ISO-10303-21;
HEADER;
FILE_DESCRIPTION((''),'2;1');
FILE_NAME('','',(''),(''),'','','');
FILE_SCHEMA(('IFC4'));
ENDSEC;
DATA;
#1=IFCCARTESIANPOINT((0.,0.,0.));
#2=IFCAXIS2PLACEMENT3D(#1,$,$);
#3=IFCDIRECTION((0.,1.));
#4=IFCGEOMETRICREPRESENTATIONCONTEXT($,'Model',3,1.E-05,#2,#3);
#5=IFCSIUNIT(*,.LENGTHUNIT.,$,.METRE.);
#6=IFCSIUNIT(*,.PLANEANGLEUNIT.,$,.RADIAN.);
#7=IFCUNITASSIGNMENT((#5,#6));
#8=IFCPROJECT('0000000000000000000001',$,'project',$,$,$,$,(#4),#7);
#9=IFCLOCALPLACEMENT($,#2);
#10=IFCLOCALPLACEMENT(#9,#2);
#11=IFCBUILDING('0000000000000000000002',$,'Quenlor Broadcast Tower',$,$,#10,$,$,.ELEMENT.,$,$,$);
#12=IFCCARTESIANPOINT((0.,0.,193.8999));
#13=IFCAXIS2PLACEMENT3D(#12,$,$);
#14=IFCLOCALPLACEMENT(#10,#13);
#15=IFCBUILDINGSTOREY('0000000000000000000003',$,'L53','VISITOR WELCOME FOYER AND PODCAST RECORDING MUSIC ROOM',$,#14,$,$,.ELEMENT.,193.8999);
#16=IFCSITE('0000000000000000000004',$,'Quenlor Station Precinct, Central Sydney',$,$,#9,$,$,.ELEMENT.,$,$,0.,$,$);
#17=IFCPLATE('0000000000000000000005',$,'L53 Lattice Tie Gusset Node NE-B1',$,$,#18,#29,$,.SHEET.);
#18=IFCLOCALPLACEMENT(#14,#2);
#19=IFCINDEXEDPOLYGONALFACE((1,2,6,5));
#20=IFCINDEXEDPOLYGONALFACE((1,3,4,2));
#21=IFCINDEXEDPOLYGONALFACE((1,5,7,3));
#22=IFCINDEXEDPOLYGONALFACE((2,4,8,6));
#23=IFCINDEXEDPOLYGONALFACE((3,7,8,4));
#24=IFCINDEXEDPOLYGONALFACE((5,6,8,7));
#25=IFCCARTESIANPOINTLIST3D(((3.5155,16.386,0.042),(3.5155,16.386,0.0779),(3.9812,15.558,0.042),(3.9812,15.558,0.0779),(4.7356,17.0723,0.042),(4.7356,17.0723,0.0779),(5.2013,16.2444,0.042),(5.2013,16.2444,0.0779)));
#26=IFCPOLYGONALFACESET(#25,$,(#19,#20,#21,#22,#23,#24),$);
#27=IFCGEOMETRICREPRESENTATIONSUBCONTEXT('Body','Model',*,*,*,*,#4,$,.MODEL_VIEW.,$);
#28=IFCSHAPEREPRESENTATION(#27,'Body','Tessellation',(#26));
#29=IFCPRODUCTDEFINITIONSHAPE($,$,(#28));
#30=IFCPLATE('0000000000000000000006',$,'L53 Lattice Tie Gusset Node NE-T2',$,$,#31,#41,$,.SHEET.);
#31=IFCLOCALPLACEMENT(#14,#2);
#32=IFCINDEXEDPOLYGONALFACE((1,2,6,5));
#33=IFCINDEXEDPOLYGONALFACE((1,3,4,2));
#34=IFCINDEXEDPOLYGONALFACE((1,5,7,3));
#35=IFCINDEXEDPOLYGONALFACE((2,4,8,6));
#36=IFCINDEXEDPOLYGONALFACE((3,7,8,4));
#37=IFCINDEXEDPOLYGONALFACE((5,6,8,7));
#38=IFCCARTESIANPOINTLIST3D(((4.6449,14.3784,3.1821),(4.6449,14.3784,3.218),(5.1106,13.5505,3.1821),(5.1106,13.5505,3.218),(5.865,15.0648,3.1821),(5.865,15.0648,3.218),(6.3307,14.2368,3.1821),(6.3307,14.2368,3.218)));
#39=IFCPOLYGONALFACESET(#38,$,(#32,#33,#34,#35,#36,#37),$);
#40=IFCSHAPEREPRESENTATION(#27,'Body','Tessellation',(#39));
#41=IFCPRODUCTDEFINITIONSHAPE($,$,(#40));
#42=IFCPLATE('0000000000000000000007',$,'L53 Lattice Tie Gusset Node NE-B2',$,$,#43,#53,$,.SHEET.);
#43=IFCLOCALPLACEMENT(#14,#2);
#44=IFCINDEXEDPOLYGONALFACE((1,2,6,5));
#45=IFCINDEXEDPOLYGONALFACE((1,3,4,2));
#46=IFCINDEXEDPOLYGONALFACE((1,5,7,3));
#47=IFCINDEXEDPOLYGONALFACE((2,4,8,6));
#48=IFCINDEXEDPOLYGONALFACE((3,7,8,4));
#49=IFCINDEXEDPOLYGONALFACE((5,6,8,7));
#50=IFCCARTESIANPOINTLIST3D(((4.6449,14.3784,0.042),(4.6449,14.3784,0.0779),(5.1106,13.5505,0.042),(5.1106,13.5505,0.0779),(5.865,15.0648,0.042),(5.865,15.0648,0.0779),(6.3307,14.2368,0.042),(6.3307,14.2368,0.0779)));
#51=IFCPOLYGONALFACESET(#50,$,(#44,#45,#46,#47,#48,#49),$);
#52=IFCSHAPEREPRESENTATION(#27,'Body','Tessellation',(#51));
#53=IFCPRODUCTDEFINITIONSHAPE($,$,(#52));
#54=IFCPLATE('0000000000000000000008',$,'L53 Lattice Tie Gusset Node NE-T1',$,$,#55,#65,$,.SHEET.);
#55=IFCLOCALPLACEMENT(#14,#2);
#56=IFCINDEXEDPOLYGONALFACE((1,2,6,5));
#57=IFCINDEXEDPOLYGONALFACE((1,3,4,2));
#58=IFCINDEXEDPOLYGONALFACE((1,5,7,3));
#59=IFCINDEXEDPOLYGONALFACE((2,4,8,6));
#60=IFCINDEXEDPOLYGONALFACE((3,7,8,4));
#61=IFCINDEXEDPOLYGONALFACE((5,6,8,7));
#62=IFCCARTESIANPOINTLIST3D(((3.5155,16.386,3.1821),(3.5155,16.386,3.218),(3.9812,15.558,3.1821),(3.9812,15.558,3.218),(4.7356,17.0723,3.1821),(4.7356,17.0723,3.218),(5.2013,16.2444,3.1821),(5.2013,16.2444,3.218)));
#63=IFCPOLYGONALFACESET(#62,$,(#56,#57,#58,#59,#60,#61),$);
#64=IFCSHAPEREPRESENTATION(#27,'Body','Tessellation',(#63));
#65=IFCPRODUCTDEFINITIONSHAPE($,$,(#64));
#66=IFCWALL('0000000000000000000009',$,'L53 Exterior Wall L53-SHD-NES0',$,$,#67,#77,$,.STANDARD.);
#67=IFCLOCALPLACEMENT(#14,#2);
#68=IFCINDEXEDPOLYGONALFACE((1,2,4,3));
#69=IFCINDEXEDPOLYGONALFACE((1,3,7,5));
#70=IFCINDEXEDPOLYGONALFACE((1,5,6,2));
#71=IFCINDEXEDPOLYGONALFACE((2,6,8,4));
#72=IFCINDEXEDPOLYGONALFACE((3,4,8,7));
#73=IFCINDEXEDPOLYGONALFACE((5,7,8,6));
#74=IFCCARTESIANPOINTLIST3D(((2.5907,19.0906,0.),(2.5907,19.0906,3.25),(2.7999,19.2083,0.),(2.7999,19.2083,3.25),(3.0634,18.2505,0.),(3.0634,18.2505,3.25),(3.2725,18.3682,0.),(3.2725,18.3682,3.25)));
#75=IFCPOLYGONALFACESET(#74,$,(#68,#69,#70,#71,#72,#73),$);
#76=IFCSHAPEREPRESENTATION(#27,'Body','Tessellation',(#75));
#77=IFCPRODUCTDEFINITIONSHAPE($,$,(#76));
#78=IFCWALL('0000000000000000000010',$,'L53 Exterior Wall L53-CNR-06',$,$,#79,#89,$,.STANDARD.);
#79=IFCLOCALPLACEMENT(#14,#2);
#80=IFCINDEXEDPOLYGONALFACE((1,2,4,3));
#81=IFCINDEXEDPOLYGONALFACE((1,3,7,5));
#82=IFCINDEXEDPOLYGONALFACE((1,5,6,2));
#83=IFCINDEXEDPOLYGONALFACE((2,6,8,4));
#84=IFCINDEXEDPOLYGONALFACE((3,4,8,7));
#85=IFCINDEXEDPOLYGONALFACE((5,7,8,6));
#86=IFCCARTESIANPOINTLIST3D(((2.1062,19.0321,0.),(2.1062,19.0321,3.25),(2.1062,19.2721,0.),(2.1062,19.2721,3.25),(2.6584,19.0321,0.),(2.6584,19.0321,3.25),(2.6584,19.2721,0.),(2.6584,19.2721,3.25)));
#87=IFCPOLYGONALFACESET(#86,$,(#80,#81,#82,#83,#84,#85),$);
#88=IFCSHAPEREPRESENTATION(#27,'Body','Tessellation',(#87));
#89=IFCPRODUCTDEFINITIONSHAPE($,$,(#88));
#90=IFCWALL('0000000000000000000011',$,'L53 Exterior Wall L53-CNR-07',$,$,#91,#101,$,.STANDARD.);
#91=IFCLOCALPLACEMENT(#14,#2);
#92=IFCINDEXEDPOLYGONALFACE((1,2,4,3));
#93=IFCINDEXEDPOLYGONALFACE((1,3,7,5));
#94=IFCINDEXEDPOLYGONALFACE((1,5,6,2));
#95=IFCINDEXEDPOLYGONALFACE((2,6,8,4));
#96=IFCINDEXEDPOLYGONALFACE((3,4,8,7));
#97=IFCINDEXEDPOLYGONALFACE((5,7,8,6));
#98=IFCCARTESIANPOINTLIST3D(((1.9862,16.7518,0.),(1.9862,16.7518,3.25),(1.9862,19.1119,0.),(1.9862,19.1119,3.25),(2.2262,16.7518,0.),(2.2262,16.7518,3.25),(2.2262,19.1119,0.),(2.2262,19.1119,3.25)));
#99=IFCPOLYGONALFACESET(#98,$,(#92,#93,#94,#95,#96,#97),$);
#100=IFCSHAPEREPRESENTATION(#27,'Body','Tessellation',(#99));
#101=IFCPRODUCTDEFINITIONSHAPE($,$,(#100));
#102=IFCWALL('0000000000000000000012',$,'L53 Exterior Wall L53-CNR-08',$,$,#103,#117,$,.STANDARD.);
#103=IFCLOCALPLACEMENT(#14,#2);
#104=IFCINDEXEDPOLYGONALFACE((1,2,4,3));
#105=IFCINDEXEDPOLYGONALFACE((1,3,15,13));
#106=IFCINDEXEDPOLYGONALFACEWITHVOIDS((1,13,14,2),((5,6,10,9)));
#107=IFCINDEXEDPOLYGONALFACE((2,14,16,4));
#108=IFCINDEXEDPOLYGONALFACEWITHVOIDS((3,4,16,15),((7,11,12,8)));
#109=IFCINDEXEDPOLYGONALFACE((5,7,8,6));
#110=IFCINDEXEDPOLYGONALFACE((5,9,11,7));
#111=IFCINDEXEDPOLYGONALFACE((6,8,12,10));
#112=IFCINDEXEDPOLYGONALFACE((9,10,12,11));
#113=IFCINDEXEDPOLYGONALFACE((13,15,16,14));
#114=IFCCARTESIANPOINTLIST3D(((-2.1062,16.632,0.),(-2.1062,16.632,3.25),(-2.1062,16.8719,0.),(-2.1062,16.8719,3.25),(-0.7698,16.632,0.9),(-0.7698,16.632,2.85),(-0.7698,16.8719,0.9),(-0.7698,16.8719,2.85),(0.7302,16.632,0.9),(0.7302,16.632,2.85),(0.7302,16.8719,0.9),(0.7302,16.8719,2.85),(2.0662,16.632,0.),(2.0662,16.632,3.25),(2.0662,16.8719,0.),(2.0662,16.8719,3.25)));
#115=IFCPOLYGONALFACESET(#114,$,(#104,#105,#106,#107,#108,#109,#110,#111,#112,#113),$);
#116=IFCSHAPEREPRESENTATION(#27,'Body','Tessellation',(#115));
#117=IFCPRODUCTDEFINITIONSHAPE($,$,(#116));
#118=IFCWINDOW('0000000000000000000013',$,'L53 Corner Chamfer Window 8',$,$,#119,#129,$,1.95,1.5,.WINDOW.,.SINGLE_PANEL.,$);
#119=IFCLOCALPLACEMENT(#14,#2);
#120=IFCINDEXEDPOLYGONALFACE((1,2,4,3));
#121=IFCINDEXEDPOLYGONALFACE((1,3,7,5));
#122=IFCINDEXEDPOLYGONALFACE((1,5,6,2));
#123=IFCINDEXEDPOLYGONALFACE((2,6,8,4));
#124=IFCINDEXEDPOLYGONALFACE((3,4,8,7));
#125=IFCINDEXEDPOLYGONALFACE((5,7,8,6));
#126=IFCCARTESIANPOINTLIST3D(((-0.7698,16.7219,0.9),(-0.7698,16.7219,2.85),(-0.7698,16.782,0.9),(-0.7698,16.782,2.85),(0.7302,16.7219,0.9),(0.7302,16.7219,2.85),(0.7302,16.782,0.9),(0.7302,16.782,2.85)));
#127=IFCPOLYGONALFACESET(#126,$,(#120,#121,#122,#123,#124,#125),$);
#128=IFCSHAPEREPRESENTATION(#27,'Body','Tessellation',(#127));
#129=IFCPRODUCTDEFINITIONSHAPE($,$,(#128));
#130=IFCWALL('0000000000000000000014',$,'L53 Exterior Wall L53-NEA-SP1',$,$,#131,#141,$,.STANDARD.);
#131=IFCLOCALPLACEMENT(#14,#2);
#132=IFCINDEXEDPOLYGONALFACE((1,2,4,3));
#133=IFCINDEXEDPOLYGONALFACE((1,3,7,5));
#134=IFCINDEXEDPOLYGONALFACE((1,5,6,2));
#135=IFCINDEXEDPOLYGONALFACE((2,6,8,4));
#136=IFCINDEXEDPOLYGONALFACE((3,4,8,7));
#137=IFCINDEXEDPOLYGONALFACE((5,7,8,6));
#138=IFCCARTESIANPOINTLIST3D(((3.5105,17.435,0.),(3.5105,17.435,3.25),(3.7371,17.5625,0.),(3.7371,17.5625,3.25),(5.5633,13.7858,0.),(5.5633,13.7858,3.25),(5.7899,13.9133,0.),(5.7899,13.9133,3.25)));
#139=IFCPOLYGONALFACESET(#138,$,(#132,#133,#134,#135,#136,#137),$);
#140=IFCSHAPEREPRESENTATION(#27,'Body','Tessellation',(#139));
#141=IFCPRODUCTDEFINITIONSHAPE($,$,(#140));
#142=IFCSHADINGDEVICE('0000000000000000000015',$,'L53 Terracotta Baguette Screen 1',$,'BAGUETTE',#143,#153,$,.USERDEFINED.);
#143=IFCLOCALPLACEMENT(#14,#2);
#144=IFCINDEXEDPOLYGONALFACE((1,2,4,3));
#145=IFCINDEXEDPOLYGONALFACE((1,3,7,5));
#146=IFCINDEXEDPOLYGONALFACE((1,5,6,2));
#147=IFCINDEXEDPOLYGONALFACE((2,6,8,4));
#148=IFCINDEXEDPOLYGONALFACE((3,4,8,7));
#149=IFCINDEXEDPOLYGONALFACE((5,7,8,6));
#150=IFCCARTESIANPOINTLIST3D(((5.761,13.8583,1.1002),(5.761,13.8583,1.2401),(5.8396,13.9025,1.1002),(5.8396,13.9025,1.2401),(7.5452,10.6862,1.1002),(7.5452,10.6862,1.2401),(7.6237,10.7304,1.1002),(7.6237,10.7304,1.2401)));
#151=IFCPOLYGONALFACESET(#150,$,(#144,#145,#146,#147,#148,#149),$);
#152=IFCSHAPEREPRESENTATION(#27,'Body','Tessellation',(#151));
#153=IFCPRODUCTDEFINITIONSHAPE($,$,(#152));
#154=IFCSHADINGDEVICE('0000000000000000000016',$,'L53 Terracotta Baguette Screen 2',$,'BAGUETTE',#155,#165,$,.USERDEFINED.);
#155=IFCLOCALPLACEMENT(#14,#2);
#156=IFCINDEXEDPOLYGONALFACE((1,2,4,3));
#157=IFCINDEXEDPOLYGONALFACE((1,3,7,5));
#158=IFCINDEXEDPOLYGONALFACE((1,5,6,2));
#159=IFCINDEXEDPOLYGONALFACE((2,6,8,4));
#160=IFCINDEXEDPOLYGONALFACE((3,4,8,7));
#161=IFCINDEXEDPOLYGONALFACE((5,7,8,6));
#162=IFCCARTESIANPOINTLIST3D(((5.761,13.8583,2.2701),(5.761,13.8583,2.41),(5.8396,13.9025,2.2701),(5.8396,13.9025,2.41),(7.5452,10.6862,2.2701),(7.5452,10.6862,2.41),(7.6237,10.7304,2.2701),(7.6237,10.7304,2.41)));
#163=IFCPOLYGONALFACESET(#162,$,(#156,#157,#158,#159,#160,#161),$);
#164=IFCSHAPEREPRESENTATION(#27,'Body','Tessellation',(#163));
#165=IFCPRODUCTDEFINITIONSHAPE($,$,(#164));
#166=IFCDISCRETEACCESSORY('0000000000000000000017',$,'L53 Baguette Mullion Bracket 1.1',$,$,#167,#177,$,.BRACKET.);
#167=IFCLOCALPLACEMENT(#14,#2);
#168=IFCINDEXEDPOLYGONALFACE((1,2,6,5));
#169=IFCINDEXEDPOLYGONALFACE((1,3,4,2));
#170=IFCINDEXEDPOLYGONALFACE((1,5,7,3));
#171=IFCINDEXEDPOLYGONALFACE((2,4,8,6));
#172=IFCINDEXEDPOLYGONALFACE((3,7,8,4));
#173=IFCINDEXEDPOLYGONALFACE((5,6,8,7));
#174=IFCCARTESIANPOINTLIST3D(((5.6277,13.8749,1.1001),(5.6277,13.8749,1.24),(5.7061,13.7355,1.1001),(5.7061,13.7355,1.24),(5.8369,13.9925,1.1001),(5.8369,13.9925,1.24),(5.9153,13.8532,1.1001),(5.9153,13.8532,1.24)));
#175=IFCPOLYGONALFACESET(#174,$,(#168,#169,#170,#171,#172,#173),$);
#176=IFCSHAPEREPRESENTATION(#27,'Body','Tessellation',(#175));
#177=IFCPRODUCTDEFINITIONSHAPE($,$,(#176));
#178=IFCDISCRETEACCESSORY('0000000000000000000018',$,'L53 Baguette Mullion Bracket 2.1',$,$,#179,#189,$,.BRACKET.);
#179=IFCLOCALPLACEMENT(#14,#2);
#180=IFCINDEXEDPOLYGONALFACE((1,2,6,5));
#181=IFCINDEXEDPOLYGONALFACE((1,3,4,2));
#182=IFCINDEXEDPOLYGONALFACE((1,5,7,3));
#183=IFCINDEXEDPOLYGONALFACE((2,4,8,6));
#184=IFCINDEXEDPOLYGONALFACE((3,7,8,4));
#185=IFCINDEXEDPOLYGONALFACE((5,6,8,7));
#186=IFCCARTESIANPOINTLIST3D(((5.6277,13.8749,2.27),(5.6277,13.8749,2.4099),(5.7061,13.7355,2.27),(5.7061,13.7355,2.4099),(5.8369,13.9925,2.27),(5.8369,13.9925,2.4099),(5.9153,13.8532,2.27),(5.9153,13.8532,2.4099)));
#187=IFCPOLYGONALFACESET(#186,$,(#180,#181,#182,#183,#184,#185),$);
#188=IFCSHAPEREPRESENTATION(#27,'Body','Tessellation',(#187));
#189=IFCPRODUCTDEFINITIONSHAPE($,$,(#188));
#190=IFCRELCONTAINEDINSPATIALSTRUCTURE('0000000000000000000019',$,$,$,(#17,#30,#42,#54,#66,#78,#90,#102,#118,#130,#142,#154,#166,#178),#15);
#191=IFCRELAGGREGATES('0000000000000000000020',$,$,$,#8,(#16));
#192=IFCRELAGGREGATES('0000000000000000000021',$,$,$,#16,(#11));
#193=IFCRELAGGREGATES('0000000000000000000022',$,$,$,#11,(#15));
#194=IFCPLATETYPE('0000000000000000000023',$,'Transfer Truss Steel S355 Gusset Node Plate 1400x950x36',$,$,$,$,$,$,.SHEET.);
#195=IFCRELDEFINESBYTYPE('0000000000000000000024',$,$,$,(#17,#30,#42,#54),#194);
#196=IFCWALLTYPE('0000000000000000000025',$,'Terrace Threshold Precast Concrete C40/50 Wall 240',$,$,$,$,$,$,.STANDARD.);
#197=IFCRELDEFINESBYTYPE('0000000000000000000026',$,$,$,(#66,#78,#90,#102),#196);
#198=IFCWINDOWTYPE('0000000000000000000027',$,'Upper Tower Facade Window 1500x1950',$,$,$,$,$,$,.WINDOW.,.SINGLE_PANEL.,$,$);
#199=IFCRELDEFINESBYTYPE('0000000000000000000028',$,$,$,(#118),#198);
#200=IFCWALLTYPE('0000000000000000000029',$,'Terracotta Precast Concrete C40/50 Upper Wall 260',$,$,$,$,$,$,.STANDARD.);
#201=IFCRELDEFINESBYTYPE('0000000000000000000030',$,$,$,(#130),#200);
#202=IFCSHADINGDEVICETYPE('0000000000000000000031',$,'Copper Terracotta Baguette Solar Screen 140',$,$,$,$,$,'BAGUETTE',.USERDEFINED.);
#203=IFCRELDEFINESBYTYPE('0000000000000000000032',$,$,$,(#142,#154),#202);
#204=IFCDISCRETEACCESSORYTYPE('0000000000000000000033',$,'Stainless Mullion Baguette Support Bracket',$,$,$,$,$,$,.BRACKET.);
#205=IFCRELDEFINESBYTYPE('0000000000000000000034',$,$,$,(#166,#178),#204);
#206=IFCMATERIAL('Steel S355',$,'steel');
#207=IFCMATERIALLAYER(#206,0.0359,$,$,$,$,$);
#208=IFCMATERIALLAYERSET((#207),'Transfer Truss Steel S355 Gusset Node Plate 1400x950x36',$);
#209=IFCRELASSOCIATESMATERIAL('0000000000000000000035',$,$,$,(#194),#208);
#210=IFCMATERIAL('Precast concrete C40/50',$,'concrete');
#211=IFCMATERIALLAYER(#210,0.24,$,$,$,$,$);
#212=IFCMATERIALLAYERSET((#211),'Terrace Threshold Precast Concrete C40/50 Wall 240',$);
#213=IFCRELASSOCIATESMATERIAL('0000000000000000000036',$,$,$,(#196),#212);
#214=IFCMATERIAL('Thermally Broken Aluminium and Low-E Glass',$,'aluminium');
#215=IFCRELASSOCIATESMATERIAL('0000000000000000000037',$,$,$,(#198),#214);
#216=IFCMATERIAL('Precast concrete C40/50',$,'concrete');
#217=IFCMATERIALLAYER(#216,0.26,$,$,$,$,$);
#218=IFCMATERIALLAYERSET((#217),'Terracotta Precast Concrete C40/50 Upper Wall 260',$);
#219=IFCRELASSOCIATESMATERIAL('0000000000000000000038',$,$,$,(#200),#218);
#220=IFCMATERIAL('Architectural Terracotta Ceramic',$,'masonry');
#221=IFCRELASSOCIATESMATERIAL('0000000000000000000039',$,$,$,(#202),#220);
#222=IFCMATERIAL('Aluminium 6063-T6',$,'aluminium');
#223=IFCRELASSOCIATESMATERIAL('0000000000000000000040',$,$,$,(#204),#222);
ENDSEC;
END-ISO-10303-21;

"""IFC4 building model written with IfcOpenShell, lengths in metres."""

from ifc_helpers import new_model, si_unit, direction, frame, frame_2d, origin, origin_2d, place, context, subcontext, project, spatial, rectangle, extrude, material, layer, layer_set, material_profile, profile_set, type_object, element, fill, save


model = new_model("IFC4")

# Units and contexts
model_context = context("Model", 3, precision=1e-05, world=origin(), true_north=direction((0.0, 1.0)))
body_context = subcontext(model_context, "Body", "Model", "MODEL_VIEW")
ifc_project = project(units=[si_unit("LENGTHUNIT", "METRE"), si_unit("PLANEANGLEUNIT", "RADIAN")], contexts=[model_context])

# Site, building, storey
site_placement = place(None, origin())
site = spatial("IfcSite", under=ifc_project, at=site_placement, Name="Quenlor Station Precinct, Central Sydney", CompositionType="ELEMENT", RefElevation=0.0)
building_placement = place(site_placement, origin())
building = spatial("IfcBuilding", under=site, at=building_placement, Name="Quenlor Broadcast Tower", CompositionType="ELEMENT")
storey_placement = place(building_placement, frame((0.0, 0.0, 193.8999)))
storey = spatial("IfcBuildingStorey", under=building, at=storey_placement, Name="L53", Description="VISITOR WELCOME FOYER AND PODCAST RECORDING MUSIC ROOM", CompositionType="ELEMENT", Elevation=193.8999)

# Plates
ifc_material_1 = material(Name="Steel S355", Category="steel")
ifc_layer_1 = layer(ifc_material_1, 0.0359)
ifc_layer_set_1 = layer_set([ifc_layer_1], Name="Transfer Truss Steel S355 Gusset Node Plate 1400x950x36")
plate_type_1 = type_object("IfcPlateType", Name="Transfer Truss Steel S355 Gusset Node Plate 1400x950x36", PredefinedType="SHEET", material=ifc_layer_set_1)
for number, where, z_axis, x_axis, name in (
    (1, (4.3584, 16.3152, 0.042), (0.0, 0.0, 1.0), (0.871556, 0.490295, 0.0), "L53 Lattice Tie Gusset Node NE-B1"),
    (2, (5.4878, 14.3076, 3.1821), (0.0, 0.0, 1.0), (0.871556, 0.490295, 0.0), "L53 Lattice Tie Gusset Node NE-T2"),
    (3, (5.4878, 14.3076, 0.042), (0.0, 0.0, 1.0), (0.871556, 0.490295, 0.0), "L53 Lattice Tie Gusset Node NE-B2"),
    (4, (4.3584, 16.3152, 3.1821), (0.0, 0.0, 1.0), (0.871556, 0.490295, 0.0), "L53 Lattice Tie Gusset Node NE-T1"),
):
    element("IfcPlate", number, at=place(storey_placement, frame(where, z_axis=z_axis, x_axis=x_axis)), inside=storey, type_object=plate_type_1, Name=name, PredefinedType="SHEET", context=body_context, shape_type="SweptSolid", body=[
        extrude(rectangle(XDim=1.3999, YDim=0.95, at=origin_2d()), origin(), (0.0, 0.0, 1.0), 0.0359),
    ])

# Walls
ifc_material_2 = material(Name="Precast concrete C40/50", Category="concrete")
ifc_layer_2 = layer(ifc_material_2, 0.24)
ifc_layer_set_2 = layer_set([ifc_layer_2], Name="Terrace Threshold Precast Concrete C40/50 Wall 240")
wall_type_1 = type_object("IfcWallType", Name="Terrace Threshold Precast Concrete C40/50 Wall 240", PredefinedType="STANDARD", material=ifc_layer_set_2)
wall_1_placement = place(storey_placement, frame((2.6953, 19.1494, 0.0), z_axis=(0.0, 0.0, 1.0), x_axis=(0.490345, -0.871528, 0.0)))
element("IfcWall", 5, at=wall_1_placement, inside=storey, type_object=wall_type_1, Name="L53 Exterior Wall L53-SHD-NES0", PredefinedType="STANDARD", context=body_context, shape_type="SweptSolid", body=[
    extrude(rectangle(XDim=0.9639, YDim=0.24, at=frame_2d((0.4819, 0.0))), origin(), (0.0, 0.0, 1.0), 3.25),
])
wall_2_placement = place(storey_placement, frame((2.6584, 19.1521, 0.0), z_axis=(0.0, 0.0, 1.0), x_axis=(-1.0, 0.0, 0.0)))
element("IfcWall", 6, at=wall_2_placement, inside=storey, type_object=wall_type_1, Name="L53 Exterior Wall L53-CNR-06", PredefinedType="STANDARD", context=body_context, shape_type="SweptSolid", body=[
    extrude(rectangle(XDim=0.5522, YDim=0.24, at=frame_2d((0.2761, 0.0))), origin(), (0.0, 0.0, 1.0), 3.25),
])
wall_3_placement = place(storey_placement, frame((2.1062, 19.1121, 0.0), z_axis=(0.0, 0.0, 1.0), x_axis=(0.0, -1.0, 0.0)))
element("IfcWall", 7, at=wall_3_placement, inside=storey, type_object=wall_type_1, Name="L53 Exterior Wall L53-CNR-07", PredefinedType="STANDARD", context=body_context, shape_type="SweptSolid", body=[
    extrude(rectangle(XDim=2.3601, YDim=0.24, at=frame_2d((1.1802, 0.0))), origin(), (0.0, 0.0, 1.0), 3.25),
])

# Wall, opening, window
wall_4_placement = place(storey_placement, frame((2.0662, 16.752, 0.0), z_axis=(0.0, 0.0, 1.0), x_axis=(-1.0, 0.0, 0.0)))
wall_4 = element("IfcWall", 8, at=wall_4_placement, inside=storey, type_object=wall_type_1, Name="L53 Exterior Wall L53-CNR-08", PredefinedType="STANDARD", context=body_context, shape_type="SweptSolid", body=[
    extrude(rectangle(XDim=4.1724, YDim=0.24, at=frame_2d((2.0862, 0.0))), origin(), (0.0, 0.0, 1.0), 3.25),
])
opening_placement = place(wall_4_placement, frame((1.3359, 0.0, 0.8999)))
opening = element("IfcOpeningElement", 9, at=opening_placement, cuts=wall_4, PredefinedType="OPENING", context=body_context, shape_type="SweptSolid", body=[
    extrude(rectangle(XDim=1.5, YDim=1.95, at=frame_2d((0.75, 0.9751))), frame((0.0, 0.1299, 0.0), z_axis=(0.0, -1.0, 0.0), x_axis=(1.0, 0.0, 0.0)), (0.0, 0.0, 1.0), 0.26),
])
ifc_material_3 = material(Name="Thermally Broken Aluminium and Low-E Glass", Category="aluminium")
window_type = type_object("IfcWindowType", Name="Upper Tower Facade Window 1500x1950", PartitioningType="SINGLE_PANEL", PredefinedType="WINDOW", material=ifc_material_3)
window_placement = place(opening_placement, origin())
window = element("IfcWindow", 10, at=window_placement, inside=storey, type_object=window_type, Name="L53 Corner Chamfer Window 8", OverallHeight=1.95, OverallWidth=1.5, PartitioningType="SINGLE_PANEL", PredefinedType="WINDOW", context=body_context, shape_type="SweptSolid", body=[
    extrude(rectangle(XDim=1.5, YDim=1.95, at=frame_2d((0.75, 0.9751))), frame((0.0, 0.03, 0.0), z_axis=(0.0, -1.0, 0.0), x_axis=(1.0, 0.0, 0.0)), (0.0, 0.0, 1.0), 0.0601),
])
fill(opening, window)

# Wall
ifc_material_4 = material(Name="Precast concrete C40/50", Category="concrete")
ifc_layer_3 = layer(ifc_material_4, 0.26)
ifc_layer_set_3 = layer_set([ifc_layer_3], Name="Terracotta Precast Concrete C40/50 Upper Wall 260")
wall_type_2 = type_object("IfcWallType", Name="Terracotta Precast Concrete C40/50 Upper Wall 260", PredefinedType="STANDARD", material=ifc_layer_set_3)
wall_5_placement = place(storey_placement, frame((3.6238, 17.4988, 0.0), z_axis=(0.0, 0.0, 1.0), x_axis=(0.490275, -0.871568, 0.0)))
element("IfcWall", 11, at=wall_5_placement, inside=storey, type_object=wall_type_2, Name="L53 Exterior Wall L53-NEA-SP1", PredefinedType="STANDARD", context=body_context, shape_type="SweptSolid", body=[
    extrude(rectangle(XDim=4.187, YDim=0.26, at=frame_2d((2.0935, 0.0))), origin(), (0.0, 0.0, 1.0), 3.25),
])

# Shading devices
ifc_material_5 = material(Name="Architectural Terracotta Ceramic", Category="masonry")
ifc_material_profile_1 = material_profile(ifc_material_5, rectangle(XDim=0.0901, YDim=0.1399, at=origin_2d()))
ifc_profile_set_1 = profile_set([ifc_material_profile_1], Name="Architectural Terracotta Ceramic BAG90x140")
shading_device_type = type_object("IfcShadingDeviceType", Name="Copper Terracotta Baguette Solar Screen 140", ElementType="BAGUETTE", PredefinedType="USERDEFINED", material=ifc_profile_set_1)
for number, where, z_axis, x_axis, name in (
    (12, (5.8003, 13.8804, 1.1702), (0.490233, -0.871592, 0.0), (0.871592, 0.490233, 0.0), "L53 Terracotta Baguette Screen 1"),
    (13, (5.8003, 13.8804, 2.3401), (0.490233, -0.871592, 0.0), (0.871592, 0.490233, 0.0), "L53 Terracotta Baguette Screen 2"),
):
    element("IfcShadingDevice", number, at=place(storey_placement, frame(where, z_axis=z_axis, x_axis=x_axis)), inside=storey, type_object=shading_device_type, Name=name, ObjectType="BAGUETTE", PredefinedType="USERDEFINED", context=body_context, shape_type="SweptSolid", body=[
        extrude(rectangle(XDim=0.0901, YDim=0.1399, at=origin_2d()), origin(), (0.0, 0.0, 1.0), 3.6394),
    ])

# Discrete accessories
ifc_material_6 = material(Name="Aluminium 6063-T6", Category="aluminium")
discrete_accessory_type = type_object("IfcDiscreteAccessoryType", Name="Stainless Mullion Baguette Support Bracket", PredefinedType="BRACKET", material=ifc_material_6)
for number, where, z_axis, x_axis, name in (
    (14, (5.7715, 13.864, 1.1001), (0.0, 0.0, 1.0), (0.49026, -0.871576, 0.0), "L53 Baguette Mullion Bracket 1.1"),
    (15, (5.7715, 13.864, 2.27), (0.0, 0.0, 1.0), (0.49026, -0.871576, 0.0), "L53 Baguette Mullion Bracket 2.1"),
):
    element("IfcDiscreteAccessory", number, at=place(storey_placement, frame(where, z_axis=z_axis, x_axis=x_axis)), inside=storey, type_object=discrete_accessory_type, Name=name, PredefinedType="BRACKET", context=body_context, shape_type="SweptSolid", body=[
        extrude(rectangle(XDim=0.1599, YDim=0.24, at=origin_2d()), origin(), (0.0, 0.0, 1.0), 0.1399),
    ])

save(model, "model.ifc")
